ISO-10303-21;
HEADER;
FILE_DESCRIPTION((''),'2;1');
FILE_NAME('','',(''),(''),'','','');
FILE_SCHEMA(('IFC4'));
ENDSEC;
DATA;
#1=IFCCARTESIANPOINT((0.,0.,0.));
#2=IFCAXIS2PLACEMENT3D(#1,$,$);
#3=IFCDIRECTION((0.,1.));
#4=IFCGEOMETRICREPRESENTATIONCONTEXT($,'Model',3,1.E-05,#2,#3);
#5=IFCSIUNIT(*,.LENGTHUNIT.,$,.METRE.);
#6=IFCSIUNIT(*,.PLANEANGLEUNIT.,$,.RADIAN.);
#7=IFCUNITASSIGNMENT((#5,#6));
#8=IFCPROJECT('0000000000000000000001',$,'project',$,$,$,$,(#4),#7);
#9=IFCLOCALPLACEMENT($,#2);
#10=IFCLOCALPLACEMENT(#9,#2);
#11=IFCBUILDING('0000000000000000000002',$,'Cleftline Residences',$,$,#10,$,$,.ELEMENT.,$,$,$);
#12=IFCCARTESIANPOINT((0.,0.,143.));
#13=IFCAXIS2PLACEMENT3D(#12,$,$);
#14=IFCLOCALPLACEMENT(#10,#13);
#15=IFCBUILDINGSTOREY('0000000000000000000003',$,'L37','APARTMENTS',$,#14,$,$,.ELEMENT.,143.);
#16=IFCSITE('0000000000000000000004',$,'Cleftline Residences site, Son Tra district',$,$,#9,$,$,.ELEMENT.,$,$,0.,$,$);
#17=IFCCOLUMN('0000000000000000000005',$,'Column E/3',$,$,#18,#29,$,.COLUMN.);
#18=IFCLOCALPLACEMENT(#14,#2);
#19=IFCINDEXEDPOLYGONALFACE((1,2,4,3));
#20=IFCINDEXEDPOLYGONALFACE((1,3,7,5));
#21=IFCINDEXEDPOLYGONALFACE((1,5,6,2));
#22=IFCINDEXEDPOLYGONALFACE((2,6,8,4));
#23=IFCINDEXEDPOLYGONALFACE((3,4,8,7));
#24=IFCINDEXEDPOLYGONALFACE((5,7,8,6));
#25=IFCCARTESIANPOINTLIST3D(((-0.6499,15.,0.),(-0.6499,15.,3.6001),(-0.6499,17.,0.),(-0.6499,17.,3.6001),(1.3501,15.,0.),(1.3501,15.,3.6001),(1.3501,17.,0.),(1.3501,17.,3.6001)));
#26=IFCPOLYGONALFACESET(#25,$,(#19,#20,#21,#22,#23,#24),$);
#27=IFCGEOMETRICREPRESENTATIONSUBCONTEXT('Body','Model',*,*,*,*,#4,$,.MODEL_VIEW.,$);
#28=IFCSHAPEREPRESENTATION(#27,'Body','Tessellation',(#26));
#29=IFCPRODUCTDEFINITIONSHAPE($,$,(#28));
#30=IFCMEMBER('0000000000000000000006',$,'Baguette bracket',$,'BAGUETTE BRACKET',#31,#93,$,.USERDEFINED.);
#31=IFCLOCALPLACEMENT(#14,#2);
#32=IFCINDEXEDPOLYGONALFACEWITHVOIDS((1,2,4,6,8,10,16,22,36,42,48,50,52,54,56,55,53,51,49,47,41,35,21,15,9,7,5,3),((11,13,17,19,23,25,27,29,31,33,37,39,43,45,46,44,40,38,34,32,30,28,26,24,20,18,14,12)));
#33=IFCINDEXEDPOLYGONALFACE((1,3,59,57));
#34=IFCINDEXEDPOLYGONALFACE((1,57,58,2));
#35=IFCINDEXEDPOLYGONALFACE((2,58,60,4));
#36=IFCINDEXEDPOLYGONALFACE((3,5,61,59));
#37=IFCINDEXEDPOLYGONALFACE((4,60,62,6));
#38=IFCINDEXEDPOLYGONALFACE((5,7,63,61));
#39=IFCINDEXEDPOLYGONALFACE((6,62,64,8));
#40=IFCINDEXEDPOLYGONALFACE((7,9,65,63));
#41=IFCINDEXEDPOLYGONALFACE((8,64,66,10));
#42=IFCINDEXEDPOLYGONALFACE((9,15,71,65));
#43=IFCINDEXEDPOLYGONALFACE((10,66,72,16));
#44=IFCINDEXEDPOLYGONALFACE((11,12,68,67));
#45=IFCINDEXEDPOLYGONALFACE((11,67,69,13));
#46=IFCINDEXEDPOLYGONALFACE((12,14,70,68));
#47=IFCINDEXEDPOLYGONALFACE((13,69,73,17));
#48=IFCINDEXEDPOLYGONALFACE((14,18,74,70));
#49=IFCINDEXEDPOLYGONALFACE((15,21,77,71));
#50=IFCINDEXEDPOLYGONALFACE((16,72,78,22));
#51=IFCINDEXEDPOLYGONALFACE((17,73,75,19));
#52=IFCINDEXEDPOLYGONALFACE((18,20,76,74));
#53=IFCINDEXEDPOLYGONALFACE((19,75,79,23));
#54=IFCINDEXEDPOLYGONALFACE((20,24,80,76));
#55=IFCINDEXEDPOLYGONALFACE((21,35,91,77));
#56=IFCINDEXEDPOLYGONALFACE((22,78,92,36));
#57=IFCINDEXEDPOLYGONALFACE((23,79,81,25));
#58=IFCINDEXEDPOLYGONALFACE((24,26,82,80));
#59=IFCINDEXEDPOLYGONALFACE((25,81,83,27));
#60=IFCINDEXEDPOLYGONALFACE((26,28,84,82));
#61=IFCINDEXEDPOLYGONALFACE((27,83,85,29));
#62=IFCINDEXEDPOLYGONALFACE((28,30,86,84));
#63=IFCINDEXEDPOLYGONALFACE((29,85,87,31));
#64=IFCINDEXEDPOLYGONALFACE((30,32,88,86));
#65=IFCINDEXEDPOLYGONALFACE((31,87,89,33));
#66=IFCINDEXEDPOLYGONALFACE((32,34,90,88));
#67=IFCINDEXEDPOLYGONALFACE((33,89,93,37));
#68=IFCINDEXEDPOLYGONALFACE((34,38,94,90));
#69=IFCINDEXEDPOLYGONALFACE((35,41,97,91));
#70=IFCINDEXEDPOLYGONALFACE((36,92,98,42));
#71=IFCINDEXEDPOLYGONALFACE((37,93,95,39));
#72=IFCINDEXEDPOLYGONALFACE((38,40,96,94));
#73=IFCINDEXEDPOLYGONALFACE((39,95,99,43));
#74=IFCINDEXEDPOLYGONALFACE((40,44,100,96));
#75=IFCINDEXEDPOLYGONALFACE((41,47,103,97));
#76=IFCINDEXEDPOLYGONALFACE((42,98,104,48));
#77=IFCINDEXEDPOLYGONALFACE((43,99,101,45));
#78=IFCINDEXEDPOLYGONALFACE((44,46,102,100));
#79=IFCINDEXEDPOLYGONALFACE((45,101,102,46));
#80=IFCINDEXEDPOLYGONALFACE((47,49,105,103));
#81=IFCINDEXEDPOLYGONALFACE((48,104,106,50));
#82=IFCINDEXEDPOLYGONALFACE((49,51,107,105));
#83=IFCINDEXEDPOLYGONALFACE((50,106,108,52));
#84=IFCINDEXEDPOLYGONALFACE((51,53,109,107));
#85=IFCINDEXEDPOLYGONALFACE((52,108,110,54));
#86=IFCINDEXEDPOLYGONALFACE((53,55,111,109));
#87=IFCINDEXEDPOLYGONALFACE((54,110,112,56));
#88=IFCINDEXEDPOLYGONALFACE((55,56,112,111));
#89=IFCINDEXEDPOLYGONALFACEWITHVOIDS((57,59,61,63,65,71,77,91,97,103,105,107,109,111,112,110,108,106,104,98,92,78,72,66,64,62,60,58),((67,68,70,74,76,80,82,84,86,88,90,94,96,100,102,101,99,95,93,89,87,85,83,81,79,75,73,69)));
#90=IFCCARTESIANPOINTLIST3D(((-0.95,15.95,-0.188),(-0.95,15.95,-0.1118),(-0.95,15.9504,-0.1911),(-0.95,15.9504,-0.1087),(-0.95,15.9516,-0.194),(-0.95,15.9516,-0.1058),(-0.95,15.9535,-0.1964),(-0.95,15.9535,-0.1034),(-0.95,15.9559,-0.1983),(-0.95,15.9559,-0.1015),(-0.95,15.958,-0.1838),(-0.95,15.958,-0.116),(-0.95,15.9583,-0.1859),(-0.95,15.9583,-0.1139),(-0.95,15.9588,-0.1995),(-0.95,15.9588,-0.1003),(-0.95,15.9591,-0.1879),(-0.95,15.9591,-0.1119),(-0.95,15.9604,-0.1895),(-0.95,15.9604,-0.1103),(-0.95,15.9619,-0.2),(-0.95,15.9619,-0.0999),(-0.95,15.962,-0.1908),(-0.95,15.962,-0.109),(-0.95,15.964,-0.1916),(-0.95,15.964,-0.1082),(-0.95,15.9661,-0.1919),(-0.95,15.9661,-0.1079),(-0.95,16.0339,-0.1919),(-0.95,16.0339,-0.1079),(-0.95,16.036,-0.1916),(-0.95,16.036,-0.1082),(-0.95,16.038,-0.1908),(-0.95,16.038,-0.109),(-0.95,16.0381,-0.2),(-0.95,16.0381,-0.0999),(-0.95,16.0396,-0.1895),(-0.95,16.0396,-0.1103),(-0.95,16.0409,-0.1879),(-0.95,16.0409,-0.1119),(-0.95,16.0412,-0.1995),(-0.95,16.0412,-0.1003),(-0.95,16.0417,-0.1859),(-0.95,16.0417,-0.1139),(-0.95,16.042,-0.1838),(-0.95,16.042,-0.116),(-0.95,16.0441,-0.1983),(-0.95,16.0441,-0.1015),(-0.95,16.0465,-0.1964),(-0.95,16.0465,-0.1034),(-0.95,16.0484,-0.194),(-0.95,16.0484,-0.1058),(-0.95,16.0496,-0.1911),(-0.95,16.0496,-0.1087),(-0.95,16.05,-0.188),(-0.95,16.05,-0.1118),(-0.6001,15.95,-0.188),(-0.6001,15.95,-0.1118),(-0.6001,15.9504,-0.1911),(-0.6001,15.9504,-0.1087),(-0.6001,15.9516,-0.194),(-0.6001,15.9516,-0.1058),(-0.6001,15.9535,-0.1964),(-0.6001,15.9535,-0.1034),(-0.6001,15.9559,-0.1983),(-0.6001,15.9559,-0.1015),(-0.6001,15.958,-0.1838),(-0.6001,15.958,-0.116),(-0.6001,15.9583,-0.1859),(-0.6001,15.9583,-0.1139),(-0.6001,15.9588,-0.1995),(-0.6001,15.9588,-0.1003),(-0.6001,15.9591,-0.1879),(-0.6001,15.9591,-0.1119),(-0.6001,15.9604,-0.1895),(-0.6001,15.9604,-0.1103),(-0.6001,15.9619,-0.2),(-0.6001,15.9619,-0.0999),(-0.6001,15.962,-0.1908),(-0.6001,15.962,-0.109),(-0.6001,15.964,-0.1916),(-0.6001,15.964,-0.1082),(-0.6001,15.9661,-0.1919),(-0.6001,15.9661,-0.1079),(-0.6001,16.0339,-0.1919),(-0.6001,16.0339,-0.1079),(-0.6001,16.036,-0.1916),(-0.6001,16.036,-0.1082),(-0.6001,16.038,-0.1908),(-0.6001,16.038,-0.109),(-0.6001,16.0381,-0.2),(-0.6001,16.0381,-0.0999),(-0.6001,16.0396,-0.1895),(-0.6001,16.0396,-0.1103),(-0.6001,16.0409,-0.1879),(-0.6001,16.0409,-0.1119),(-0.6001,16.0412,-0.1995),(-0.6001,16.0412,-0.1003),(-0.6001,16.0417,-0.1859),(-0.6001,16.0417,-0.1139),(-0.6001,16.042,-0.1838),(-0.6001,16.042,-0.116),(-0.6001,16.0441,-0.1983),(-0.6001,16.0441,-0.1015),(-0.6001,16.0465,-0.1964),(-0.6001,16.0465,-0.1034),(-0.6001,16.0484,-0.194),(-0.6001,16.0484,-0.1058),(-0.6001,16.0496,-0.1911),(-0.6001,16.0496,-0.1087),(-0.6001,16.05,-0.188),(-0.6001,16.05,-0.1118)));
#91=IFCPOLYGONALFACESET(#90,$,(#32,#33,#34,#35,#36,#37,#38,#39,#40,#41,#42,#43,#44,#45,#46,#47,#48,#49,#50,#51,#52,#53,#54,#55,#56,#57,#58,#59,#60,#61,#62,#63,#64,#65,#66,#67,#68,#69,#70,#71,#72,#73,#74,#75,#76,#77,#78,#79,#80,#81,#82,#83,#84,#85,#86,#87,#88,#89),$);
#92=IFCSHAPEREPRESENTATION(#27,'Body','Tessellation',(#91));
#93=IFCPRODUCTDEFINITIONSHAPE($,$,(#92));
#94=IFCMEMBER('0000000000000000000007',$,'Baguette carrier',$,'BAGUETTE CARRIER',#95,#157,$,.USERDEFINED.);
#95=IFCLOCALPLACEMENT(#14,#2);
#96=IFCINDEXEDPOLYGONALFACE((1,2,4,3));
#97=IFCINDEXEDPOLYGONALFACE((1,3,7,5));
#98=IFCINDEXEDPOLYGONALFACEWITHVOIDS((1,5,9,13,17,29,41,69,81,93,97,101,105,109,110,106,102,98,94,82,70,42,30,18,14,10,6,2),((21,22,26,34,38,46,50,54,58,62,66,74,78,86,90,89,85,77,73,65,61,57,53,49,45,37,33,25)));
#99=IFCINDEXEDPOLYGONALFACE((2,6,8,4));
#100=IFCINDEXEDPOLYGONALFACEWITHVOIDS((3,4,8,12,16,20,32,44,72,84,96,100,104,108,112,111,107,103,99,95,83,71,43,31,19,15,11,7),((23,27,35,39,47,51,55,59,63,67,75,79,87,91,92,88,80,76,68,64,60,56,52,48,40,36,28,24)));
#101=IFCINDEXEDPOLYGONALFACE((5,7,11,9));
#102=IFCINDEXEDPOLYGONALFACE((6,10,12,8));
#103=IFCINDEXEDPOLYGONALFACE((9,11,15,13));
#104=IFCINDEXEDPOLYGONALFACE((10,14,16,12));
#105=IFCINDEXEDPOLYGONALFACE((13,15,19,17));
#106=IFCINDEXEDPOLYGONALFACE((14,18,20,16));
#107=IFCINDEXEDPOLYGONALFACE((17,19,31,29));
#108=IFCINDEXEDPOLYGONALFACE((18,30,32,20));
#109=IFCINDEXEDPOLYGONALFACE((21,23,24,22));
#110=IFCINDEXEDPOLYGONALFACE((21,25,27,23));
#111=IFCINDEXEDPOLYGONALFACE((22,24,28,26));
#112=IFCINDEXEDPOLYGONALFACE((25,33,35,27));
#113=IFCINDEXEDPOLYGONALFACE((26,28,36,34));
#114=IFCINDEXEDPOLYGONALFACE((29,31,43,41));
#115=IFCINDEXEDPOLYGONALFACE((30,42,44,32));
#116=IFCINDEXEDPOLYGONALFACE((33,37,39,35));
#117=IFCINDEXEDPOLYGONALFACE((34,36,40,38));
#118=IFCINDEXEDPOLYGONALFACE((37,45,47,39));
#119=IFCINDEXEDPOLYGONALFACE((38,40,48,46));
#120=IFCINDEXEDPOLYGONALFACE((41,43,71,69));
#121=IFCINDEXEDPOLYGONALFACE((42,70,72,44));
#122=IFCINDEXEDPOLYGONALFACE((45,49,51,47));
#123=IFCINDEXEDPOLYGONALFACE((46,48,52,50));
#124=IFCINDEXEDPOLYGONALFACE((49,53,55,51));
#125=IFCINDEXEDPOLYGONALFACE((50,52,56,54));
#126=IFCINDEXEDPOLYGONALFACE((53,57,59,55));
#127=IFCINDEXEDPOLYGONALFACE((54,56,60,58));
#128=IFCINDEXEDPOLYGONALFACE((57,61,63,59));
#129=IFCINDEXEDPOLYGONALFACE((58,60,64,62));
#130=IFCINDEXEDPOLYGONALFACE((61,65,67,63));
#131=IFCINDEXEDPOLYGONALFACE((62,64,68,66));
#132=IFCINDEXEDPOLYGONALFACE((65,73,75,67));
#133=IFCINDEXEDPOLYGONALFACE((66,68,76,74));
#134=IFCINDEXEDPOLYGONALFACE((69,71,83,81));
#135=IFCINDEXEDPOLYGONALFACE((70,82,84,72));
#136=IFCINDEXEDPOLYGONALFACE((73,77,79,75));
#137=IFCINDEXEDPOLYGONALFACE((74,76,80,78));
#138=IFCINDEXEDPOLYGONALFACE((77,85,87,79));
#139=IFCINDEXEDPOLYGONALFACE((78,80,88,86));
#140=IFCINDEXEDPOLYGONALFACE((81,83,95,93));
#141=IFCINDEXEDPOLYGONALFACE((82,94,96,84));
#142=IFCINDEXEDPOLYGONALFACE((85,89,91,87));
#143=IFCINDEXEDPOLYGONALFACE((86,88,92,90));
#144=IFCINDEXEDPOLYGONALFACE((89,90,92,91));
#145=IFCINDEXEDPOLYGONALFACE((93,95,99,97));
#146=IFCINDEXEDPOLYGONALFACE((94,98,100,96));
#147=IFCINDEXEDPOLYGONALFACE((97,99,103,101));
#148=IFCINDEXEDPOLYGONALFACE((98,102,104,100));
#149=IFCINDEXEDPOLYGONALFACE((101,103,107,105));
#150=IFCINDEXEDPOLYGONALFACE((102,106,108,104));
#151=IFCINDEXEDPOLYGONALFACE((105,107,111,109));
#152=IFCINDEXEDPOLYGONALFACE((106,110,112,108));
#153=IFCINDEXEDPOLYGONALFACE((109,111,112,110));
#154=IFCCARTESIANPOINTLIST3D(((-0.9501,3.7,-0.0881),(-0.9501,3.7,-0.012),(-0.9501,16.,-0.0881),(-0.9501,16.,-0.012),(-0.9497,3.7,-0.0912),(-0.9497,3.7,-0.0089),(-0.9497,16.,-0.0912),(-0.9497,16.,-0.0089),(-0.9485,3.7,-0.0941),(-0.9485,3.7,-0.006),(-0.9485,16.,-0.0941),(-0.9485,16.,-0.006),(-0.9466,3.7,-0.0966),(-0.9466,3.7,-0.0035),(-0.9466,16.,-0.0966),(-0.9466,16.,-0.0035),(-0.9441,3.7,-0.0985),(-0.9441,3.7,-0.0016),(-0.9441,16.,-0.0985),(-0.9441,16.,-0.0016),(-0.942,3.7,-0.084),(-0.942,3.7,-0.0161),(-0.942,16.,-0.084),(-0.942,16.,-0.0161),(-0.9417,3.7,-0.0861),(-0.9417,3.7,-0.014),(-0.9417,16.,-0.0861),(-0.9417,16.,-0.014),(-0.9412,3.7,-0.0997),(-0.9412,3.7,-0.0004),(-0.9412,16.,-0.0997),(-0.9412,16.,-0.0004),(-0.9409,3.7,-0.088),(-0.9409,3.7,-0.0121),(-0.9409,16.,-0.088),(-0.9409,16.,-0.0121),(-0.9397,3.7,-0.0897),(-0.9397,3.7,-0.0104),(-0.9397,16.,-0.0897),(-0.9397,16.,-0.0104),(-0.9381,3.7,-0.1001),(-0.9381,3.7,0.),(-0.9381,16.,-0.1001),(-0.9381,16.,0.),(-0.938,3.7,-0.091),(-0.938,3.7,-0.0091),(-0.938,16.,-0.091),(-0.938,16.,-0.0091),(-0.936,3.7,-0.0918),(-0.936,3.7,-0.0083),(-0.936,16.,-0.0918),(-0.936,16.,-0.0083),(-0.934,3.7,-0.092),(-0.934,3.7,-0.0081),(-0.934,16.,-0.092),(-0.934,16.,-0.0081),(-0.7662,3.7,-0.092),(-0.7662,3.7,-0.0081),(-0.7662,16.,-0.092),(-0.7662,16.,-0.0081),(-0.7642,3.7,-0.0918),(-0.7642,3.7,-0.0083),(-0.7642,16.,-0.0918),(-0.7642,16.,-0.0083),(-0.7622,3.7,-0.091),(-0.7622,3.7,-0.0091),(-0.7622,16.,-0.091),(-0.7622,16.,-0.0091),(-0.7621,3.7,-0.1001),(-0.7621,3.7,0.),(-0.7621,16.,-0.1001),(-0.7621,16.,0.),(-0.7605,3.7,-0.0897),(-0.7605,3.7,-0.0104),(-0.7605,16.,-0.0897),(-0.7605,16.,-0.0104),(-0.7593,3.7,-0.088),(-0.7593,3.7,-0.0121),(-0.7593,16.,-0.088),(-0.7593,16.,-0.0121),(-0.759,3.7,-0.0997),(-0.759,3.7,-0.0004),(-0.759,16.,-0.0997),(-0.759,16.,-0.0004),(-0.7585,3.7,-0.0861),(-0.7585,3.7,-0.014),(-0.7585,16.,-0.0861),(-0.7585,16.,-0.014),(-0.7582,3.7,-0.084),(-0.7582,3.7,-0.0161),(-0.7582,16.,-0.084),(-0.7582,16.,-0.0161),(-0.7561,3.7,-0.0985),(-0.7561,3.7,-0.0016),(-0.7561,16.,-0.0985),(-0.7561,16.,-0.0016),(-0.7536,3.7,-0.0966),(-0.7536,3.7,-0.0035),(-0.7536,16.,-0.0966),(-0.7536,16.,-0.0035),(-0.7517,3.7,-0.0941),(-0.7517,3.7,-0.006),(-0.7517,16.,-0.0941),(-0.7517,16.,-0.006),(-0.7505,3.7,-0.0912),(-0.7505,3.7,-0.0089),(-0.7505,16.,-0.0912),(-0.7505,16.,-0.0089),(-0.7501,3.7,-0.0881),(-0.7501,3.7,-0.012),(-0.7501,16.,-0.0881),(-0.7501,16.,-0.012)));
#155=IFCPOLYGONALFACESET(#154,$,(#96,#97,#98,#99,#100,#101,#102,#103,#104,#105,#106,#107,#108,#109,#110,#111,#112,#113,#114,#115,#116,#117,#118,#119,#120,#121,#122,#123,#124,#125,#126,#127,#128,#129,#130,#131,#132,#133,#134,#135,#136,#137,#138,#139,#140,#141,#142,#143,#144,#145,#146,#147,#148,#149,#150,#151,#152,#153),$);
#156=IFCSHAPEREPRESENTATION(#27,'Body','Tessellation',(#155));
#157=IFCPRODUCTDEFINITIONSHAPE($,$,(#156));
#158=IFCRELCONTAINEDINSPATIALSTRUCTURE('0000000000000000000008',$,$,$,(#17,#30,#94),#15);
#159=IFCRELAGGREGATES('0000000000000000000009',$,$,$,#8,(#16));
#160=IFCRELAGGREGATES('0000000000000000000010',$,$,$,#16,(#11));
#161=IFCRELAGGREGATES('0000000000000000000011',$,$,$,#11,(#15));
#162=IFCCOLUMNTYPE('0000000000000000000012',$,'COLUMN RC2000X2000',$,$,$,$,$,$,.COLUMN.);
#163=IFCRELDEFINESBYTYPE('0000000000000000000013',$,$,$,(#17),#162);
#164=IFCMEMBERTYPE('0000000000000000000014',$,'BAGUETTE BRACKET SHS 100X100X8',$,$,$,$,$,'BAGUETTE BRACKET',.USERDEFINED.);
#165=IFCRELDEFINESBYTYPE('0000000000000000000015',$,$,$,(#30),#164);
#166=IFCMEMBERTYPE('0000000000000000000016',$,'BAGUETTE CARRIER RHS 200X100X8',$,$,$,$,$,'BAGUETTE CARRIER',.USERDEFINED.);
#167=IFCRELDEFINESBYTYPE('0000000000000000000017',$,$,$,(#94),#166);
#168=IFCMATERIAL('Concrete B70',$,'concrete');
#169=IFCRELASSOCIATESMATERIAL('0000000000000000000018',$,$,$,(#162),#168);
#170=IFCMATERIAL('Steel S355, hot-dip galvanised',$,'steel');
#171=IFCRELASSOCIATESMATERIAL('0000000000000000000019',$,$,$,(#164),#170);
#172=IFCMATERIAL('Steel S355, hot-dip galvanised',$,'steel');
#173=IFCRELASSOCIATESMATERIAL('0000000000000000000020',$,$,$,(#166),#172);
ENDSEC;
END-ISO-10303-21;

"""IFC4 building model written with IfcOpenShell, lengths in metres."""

from ifc_helpers import new_model, si_unit, direction, frame, origin, origin_2d, place, context, subcontext, project, spatial, rectangle, hollow_rectangle, extrude, material, material_profile, profile_set, type_object, element, save


model = new_model("IFC4")

# Units and contexts
model_context = context("Model", 3, precision=1e-05, world=origin(), true_north=direction((0.0, 1.0)))
body_context = subcontext(model_context, "Body", "Model", "MODEL_VIEW")
ifc_project = project(units=[si_unit("LENGTHUNIT", "METRE"), si_unit("PLANEANGLEUNIT", "RADIAN")], contexts=[model_context])

# Site, building, storey
site_placement = place(None, origin())
site = spatial("IfcSite", under=ifc_project, at=site_placement, Name="Cleftline Residences site, Son Tra district", CompositionType="ELEMENT", RefElevation=0.0)
building_placement = place(site_placement, origin())
building = spatial("IfcBuilding", under=site, at=building_placement, Name="Cleftline Residences", CompositionType="ELEMENT")
storey_placement = place(building_placement, frame((0.0, 0.0, 143.0)))
storey = spatial("IfcBuildingStorey", under=building, at=storey_placement, Name="L37", Description="APARTMENTS", CompositionType="ELEMENT", Elevation=143.0)

# Column
ifc_material_1 = material(Name="Concrete B70", Category="concrete")
ifc_material_profile_1 = material_profile(ifc_material_1, rectangle(XDim=2.0, YDim=2.0, at=origin_2d()))
ifc_profile_set_1 = profile_set([ifc_material_profile_1], Name="Concrete B70")
column_type = type_object("IfcColumnType", Name="COLUMN RC2000X2000", PredefinedType="COLUMN", material=ifc_profile_set_1)
column_placement = place(storey_placement, frame((0.3501, 16.0, 0.0), z_axis=(0.0, 0.0, 1.0), x_axis=(1.0, 0.0, 0.0)))
element("IfcColumn", 1, at=column_placement, inside=storey, type_object=column_type, Name="Column E/3", PredefinedType="COLUMN", context=body_context, shape_type="SweptSolid", body=[
    extrude(rectangle(XDim=2.0, YDim=2.0, at=origin_2d()), origin(), (0.0, 0.0, 1.0), 3.6001),
])

# Members
ifc_material_2 = material(Name="Steel S355, hot-dip galvanised", Category="steel")
ifc_material_profile_2 = material_profile(ifc_material_2, hollow_rectangle(XDim=0.1001, YDim=0.1001, WallThickness=0.0081, InnerFilletRadius=0.0081, OuterFilletRadius=0.012, at=origin_2d()))
ifc_profile_set_2 = profile_set([ifc_material_profile_2], Name="Steel S355, hot-dip galvanised")
member_type_1 = type_object("IfcMemberType", Name="BAGUETTE BRACKET SHS 100X100X8", ElementType="BAGUETTE BRACKET", PredefinedType="USERDEFINED", material=ifc_profile_set_2)
member_1_placement = place(storey_placement, frame((-0.6001, 16.0, -0.1499), z_axis=(-1.0, 0.0, 0.0), x_axis=(0.0, -1.0, 0.0)))
element("IfcMember", 2, at=member_1_placement, inside=storey, type_object=member_type_1, Name="Baguette bracket", ObjectType="BAGUETTE BRACKET", PredefinedType="USERDEFINED", context=body_context, shape_type="SweptSolid", body=[
    extrude(hollow_rectangle(XDim=0.1001, YDim=0.1001, WallThickness=0.0081, InnerFilletRadius=0.0081, OuterFilletRadius=0.012, at=origin_2d()), origin(), (0.0, 0.0, 1.0), 0.3499),
])
ifc_material_3 = material(Name="Steel S355, hot-dip galvanised", Category="steel")
ifc_material_profile_3 = material_profile(ifc_material_3, hollow_rectangle(XDim=0.1001, YDim=0.2, WallThickness=0.0081, InnerFilletRadius=0.0081, OuterFilletRadius=0.012, at=origin_2d()))
ifc_profile_set_3 = profile_set([ifc_material_profile_3], Name="Steel S355, hot-dip galvanised")
member_type_2 = type_object("IfcMemberType", Name="BAGUETTE CARRIER RHS 200X100X8", ElementType="BAGUETTE CARRIER", PredefinedType="USERDEFINED", material=ifc_profile_set_3)
member_2_placement = place(storey_placement, frame((-0.8501, 16.0, -0.05), z_axis=(0.0, -1.0, 0.0), x_axis=(0.0, 0.0, 1.0)))
element("IfcMember", 3, at=member_2_placement, inside=storey, type_object=member_type_2, Name="Baguette carrier", ObjectType="BAGUETTE CARRIER", PredefinedType="USERDEFINED", context=body_context, shape_type="SweptSolid", body=[
    extrude(hollow_rectangle(XDim=0.1001, YDim=0.2, WallThickness=0.0081, InnerFilletRadius=0.0081, OuterFilletRadius=0.012, at=origin_2d()), origin(), (0.0, 0.0, 1.0), 12.3),
])

save(model, "model.ifc")
